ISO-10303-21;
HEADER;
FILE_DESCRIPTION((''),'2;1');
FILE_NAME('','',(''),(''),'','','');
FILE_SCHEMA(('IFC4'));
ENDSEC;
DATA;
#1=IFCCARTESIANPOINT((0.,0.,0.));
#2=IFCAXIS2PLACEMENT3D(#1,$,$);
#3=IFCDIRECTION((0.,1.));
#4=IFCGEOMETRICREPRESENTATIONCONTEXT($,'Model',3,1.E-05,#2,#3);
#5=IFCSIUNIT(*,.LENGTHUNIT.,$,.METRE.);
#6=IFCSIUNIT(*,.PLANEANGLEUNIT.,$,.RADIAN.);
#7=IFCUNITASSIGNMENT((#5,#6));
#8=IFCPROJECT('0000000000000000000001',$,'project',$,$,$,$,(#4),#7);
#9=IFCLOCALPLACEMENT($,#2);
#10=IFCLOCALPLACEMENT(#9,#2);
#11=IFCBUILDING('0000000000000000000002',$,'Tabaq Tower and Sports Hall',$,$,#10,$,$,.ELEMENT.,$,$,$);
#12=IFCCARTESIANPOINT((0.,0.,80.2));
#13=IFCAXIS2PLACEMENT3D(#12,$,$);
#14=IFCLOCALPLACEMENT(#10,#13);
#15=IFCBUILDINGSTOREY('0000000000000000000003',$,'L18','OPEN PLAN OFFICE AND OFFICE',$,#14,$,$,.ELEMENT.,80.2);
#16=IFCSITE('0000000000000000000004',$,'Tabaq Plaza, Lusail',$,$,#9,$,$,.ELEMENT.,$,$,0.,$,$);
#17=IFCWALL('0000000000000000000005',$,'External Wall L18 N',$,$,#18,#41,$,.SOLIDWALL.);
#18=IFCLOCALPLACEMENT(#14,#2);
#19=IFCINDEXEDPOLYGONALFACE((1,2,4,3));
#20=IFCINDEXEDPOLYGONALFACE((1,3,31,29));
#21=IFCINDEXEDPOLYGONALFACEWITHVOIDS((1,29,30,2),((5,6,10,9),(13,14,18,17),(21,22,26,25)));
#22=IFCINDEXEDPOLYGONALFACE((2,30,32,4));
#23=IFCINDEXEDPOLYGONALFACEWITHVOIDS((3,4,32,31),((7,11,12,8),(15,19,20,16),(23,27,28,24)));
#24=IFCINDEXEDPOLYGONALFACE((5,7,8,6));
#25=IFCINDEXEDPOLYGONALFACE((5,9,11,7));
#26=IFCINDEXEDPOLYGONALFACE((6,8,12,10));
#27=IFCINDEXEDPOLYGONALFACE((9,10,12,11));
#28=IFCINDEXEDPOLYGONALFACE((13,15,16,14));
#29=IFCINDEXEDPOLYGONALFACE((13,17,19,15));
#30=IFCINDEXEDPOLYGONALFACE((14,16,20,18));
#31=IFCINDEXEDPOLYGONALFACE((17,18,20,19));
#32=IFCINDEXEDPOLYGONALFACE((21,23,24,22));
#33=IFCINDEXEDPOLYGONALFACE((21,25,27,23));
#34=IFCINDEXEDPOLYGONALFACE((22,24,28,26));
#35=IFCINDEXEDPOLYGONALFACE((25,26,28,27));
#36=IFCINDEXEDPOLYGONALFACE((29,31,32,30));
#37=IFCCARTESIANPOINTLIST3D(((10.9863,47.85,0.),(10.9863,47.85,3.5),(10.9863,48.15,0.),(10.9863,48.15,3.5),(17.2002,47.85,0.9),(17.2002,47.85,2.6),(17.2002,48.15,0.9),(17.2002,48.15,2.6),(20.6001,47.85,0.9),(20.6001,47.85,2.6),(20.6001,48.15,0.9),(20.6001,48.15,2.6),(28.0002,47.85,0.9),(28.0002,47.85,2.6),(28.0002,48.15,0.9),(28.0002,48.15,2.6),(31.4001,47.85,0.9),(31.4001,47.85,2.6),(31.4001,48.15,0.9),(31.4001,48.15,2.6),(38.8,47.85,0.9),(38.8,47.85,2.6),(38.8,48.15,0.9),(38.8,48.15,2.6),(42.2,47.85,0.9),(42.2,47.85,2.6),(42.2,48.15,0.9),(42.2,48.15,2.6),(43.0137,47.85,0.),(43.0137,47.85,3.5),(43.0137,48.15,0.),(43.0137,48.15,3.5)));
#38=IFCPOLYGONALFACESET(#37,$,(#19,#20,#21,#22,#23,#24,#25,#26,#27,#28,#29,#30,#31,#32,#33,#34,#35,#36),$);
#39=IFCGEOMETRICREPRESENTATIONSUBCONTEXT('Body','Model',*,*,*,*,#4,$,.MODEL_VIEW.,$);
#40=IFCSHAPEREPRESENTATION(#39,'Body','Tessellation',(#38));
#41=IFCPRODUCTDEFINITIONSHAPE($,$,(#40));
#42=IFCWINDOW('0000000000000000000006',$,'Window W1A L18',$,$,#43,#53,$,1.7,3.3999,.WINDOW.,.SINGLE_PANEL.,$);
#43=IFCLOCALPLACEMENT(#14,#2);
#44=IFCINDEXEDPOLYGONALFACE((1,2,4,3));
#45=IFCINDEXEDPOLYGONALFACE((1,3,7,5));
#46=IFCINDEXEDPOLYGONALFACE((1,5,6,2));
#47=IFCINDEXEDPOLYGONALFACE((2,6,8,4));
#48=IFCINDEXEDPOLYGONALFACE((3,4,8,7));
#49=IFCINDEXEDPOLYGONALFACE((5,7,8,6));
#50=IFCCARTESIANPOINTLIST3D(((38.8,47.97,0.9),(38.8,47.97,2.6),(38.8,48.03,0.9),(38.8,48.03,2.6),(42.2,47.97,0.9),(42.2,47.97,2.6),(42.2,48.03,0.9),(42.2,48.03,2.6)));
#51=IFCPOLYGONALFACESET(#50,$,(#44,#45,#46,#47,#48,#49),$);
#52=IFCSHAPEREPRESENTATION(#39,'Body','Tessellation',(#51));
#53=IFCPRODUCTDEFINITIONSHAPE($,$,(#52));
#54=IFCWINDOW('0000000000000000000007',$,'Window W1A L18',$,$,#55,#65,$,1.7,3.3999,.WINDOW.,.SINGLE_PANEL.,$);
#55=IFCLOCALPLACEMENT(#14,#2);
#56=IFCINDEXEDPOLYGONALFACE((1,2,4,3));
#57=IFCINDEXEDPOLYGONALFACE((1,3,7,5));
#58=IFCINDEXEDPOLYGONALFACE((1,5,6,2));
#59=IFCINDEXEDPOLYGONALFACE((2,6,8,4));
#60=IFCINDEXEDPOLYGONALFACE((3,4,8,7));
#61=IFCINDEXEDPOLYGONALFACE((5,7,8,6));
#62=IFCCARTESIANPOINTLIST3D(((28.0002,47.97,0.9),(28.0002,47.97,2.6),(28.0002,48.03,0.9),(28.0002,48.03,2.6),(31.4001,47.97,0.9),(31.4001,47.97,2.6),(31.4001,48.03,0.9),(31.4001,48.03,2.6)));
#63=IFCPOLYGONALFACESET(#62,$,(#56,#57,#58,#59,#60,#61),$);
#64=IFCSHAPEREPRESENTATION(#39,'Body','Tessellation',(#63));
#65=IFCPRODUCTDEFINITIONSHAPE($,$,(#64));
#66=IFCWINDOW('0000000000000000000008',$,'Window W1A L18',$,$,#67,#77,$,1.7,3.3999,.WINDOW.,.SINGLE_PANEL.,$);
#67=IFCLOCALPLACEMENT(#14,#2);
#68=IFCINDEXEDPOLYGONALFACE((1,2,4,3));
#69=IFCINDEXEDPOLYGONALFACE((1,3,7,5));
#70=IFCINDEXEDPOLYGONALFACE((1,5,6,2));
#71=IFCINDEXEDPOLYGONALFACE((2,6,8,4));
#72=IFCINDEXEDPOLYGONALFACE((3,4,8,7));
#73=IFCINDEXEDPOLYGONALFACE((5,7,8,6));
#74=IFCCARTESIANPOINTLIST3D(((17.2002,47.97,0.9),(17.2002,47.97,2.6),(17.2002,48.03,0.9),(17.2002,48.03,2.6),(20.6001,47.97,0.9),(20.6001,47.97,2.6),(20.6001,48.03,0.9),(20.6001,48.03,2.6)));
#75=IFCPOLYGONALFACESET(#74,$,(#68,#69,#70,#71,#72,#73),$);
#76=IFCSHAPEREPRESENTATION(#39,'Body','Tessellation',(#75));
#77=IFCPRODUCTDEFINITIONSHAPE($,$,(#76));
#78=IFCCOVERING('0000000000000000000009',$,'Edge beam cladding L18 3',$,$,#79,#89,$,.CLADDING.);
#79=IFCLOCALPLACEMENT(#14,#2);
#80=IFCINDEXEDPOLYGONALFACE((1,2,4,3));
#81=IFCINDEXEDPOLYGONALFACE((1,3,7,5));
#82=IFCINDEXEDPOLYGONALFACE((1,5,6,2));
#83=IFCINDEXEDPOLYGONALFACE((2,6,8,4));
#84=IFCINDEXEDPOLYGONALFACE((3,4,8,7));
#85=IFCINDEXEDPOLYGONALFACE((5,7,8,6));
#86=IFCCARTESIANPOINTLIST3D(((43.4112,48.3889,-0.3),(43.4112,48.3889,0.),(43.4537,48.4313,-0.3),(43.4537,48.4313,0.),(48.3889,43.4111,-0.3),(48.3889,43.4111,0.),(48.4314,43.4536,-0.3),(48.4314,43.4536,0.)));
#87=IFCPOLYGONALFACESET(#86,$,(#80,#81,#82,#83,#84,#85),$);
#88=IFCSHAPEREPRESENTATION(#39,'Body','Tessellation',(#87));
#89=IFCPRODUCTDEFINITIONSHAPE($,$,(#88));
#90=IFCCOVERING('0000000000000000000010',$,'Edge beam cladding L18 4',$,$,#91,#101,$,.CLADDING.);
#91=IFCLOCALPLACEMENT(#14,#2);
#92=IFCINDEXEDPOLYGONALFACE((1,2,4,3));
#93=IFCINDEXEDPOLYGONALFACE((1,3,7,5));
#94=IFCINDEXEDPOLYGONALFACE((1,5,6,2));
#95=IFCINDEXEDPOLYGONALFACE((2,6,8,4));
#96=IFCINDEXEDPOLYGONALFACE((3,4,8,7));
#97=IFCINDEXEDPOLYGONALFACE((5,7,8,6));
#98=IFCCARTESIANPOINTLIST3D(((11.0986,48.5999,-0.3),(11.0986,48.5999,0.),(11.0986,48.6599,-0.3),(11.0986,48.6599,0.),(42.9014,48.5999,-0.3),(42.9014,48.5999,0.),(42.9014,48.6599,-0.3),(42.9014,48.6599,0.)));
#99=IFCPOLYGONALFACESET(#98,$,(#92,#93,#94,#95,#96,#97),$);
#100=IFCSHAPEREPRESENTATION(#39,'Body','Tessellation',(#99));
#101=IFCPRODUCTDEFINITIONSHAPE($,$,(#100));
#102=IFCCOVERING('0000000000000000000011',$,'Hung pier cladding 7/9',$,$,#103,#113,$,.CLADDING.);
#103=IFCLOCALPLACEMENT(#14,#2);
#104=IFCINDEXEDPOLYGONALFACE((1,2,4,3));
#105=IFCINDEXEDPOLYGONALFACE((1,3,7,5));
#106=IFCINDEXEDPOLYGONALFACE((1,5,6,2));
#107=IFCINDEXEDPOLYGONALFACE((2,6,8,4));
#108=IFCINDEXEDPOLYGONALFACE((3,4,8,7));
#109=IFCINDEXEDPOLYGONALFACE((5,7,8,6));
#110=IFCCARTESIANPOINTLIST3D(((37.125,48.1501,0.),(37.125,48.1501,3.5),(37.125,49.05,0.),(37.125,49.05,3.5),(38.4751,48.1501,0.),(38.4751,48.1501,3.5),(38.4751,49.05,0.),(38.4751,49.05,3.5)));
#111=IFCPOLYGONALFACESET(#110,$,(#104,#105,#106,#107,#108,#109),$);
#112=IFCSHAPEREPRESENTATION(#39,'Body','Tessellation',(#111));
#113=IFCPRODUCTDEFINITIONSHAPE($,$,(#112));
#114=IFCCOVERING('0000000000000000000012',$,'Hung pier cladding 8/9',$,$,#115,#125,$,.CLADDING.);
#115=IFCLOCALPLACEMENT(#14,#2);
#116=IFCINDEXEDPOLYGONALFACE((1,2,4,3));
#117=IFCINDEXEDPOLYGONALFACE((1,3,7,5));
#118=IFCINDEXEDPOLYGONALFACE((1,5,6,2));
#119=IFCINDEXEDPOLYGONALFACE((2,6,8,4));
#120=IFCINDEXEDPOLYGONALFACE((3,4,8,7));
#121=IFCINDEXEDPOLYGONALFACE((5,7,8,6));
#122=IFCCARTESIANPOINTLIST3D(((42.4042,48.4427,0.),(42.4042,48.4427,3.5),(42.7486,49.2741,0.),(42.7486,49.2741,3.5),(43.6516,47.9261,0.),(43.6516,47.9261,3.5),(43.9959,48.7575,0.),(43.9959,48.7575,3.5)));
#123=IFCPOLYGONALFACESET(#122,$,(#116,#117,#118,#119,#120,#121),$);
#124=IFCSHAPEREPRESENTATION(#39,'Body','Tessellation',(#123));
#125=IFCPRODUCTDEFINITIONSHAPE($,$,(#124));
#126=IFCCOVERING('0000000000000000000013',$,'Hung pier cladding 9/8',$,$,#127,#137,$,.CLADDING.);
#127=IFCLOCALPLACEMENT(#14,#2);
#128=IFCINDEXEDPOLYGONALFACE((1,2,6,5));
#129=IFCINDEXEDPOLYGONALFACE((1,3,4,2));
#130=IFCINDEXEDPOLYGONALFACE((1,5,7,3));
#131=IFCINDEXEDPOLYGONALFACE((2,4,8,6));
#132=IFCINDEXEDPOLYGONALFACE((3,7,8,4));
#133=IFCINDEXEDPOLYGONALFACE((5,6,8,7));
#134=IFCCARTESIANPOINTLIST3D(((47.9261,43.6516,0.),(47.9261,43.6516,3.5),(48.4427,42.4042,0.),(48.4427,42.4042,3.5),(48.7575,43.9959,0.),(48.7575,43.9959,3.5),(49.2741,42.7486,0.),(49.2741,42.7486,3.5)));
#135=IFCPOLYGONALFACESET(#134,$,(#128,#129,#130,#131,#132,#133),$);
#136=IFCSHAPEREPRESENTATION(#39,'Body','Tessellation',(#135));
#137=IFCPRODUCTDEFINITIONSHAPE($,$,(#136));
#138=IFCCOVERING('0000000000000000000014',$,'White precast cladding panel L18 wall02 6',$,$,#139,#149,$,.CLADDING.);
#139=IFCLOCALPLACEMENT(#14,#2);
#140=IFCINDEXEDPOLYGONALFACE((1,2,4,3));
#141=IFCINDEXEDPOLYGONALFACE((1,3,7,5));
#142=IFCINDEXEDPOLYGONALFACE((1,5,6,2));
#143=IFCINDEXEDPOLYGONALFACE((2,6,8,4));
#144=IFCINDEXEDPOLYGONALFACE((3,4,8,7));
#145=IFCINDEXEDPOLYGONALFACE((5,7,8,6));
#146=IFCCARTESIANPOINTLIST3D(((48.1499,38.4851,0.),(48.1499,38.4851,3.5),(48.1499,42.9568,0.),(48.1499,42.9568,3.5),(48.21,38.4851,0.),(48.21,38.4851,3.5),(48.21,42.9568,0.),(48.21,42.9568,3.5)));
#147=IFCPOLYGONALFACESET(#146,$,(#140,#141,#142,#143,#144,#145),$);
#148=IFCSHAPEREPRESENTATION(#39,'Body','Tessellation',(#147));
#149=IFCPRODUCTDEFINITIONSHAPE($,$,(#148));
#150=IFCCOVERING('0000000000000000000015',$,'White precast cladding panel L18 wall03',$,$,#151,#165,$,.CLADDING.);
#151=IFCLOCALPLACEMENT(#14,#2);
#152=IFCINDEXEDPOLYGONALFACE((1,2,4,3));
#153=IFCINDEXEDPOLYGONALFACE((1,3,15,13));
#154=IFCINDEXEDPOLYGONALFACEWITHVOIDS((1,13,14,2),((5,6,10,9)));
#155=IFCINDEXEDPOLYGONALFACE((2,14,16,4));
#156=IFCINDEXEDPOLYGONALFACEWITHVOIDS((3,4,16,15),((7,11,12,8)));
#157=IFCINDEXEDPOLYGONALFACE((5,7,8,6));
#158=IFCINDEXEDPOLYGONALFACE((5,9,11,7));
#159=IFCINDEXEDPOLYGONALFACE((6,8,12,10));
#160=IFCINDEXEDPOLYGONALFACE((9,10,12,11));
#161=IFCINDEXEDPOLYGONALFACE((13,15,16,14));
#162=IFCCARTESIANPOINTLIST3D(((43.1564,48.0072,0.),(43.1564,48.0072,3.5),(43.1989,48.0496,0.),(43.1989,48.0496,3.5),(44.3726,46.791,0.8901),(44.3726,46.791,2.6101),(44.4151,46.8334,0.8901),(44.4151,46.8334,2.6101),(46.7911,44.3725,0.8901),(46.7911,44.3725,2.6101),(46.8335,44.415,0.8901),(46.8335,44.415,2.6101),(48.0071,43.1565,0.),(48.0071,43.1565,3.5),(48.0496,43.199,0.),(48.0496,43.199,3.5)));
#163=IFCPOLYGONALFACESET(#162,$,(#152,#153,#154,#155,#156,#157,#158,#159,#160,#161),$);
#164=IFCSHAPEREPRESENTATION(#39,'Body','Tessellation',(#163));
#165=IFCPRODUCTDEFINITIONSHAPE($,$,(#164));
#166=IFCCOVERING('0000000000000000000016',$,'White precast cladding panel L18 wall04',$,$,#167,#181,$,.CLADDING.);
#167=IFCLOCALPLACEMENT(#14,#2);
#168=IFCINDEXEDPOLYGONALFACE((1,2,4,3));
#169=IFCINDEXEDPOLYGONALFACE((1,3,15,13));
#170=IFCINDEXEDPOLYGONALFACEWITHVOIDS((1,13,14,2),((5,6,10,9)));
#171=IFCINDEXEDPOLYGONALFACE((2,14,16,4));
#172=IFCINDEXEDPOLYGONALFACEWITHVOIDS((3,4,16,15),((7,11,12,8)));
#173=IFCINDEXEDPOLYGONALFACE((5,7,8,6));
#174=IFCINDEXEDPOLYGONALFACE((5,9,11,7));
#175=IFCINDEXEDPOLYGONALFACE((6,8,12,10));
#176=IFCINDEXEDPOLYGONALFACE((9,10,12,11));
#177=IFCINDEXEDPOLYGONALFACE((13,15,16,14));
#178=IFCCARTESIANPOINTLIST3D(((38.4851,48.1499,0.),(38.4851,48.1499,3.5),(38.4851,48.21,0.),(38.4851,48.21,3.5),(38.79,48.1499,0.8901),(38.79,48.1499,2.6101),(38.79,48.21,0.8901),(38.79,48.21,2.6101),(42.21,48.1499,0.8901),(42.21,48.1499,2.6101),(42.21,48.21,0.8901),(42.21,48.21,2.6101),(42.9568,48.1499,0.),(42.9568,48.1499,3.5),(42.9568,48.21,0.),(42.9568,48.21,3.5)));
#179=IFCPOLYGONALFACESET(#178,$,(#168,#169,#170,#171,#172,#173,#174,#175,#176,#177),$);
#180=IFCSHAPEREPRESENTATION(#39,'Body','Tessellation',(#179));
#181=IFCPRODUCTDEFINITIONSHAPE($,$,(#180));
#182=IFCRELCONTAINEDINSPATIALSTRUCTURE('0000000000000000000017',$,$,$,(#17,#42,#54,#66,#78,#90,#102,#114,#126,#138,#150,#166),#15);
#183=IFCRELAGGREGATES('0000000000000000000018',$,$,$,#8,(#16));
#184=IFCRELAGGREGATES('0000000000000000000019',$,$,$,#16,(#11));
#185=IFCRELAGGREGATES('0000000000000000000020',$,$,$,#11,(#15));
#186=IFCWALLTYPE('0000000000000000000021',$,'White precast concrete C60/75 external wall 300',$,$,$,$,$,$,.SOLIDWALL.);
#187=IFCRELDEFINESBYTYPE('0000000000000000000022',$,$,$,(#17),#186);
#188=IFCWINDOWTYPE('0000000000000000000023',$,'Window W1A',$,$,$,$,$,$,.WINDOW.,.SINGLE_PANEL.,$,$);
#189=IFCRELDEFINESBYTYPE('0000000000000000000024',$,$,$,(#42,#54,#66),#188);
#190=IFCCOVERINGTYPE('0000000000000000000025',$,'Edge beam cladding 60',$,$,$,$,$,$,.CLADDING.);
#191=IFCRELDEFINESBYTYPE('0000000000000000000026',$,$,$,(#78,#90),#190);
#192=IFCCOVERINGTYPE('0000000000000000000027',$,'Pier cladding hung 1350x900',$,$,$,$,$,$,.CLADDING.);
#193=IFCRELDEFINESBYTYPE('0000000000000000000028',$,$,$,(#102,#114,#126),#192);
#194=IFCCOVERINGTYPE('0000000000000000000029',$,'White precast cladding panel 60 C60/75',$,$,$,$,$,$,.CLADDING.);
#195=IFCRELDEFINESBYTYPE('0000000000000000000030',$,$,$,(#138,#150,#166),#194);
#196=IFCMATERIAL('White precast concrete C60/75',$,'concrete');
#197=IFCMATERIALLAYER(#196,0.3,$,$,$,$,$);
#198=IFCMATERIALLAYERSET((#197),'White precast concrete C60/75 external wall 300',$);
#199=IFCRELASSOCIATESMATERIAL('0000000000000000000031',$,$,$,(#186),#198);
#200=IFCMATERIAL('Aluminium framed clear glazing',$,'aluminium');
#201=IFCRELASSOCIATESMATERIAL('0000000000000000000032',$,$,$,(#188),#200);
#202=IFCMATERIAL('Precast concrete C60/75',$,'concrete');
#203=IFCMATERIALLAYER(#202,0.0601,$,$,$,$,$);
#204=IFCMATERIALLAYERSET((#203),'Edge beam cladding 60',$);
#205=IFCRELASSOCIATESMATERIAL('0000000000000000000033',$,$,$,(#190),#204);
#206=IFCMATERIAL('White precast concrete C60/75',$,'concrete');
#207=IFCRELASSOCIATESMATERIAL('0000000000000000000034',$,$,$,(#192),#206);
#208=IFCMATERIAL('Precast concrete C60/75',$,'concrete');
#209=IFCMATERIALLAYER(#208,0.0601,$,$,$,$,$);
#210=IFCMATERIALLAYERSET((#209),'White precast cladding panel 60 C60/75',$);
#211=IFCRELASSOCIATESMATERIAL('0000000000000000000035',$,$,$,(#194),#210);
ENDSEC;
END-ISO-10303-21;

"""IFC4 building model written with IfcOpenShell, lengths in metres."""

from ifc_helpers import new_model, si_unit, direction, frame, frame_2d, origin, place, context, subcontext, project, spatial, polyline, rectangle, outline, extrude, material, layer, layer_set, type_object, element, fill, save


model = new_model("IFC4")

# Units and contexts
model_context = context("Model", 3, precision=1e-05, world=origin(), true_north=direction((0.0, 1.0)))
body_context = subcontext(model_context, "Body", "Model", "MODEL_VIEW")
ifc_project = project(units=[si_unit("LENGTHUNIT", "METRE"), si_unit("PLANEANGLEUNIT", "RADIAN")], contexts=[model_context])

# Site, building, storey
site_placement = place(None, origin())
site = spatial("IfcSite", under=ifc_project, at=site_placement, Name="Tabaq Plaza, Lusail", CompositionType="ELEMENT", RefElevation=0.0)
building_placement = place(site_placement, origin())
building = spatial("IfcBuilding", under=site, at=building_placement, Name="Tabaq Tower and Sports Hall", CompositionType="ELEMENT")
storey_placement = place(building_placement, frame((0.0, 0.0, 80.2)))
storey = spatial("IfcBuildingStorey", under=building, at=storey_placement, Name="L18", Description="OPEN PLAN OFFICE AND OFFICE", CompositionType="ELEMENT", Elevation=80.2)

# Shared definitions
ifc_material_1 = material(Name="White precast concrete C60/75", Category="concrete")
ifc_layer_1 = layer(ifc_material_1, 0.3)
ifc_layer_set_1 = layer_set([ifc_layer_1], Name="White precast concrete C60/75 external wall 300")
wall_type_1 = type_object("IfcWallType", Name="White precast concrete C60/75 external wall 300", PredefinedType="SOLIDWALL", material=ifc_layer_set_1)
ifc_material_2 = material(Name="Aluminium framed clear glazing", Category="aluminium")
window_type = type_object("IfcWindowType", Name="Window W1A", PartitioningType="SINGLE_PANEL", PredefinedType="WINDOW", material=ifc_material_2)

# Wall, openings, windows
wall_1_placement = place(storey_placement, frame((43.0137, 48.0, 0.0), z_axis=(0.0, 0.0, 1.0), x_axis=(-1.0, 0.0, 0.0)))
wall_1 = element("IfcWall", 1, at=wall_1_placement, inside=storey, type_object=wall_type_1, Name="External Wall L18 N", PredefinedType="SOLIDWALL", context=body_context, shape_type="SweptSolid", body=[
    extrude(rectangle(XDim=32.0273, YDim=0.3, at=frame_2d((16.0137, 0.0))), origin(), (0.0, 0.0, 1.0), 3.5),
])
opening_1_placement = place(wall_1_placement, frame((0.8137, 0.0, 0.8999)))
opening_1 = element("IfcOpeningElement", 2, at=opening_1_placement, cuts=wall_1, PredefinedType="OPENING", context=body_context, shape_type="SweptSolid", body=[
    extrude(rectangle(XDim=3.3999, YDim=1.7, at=frame_2d((1.7, 0.8501))), frame((0.0, 0.1602, 0.0), z_axis=(0.0, -1.0, 0.0), x_axis=(1.0, 0.0, 0.0)), (0.0, 0.0, 1.0), 0.3201),
])
opening_2_placement = place(wall_1_placement, frame((11.6135, 0.0, 0.8999)))
opening_2 = element("IfcOpeningElement", 3, at=opening_2_placement, cuts=wall_1, PredefinedType="OPENING", context=body_context, shape_type="SweptSolid", body=[
    extrude(rectangle(XDim=3.3999, YDim=1.7, at=frame_2d((1.7, 0.8501))), frame((0.0, 0.1602, 0.0), z_axis=(0.0, -1.0, 0.0), x_axis=(1.0, 0.0, 0.0)), (0.0, 0.0, 1.0), 0.3201),
])
opening_3_placement = place(wall_1_placement, frame((22.4136, 0.0, 0.8999)))
opening_3 = element("IfcOpeningElement", 4, at=opening_3_placement, cuts=wall_1, PredefinedType="OPENING", context=body_context, shape_type="SweptSolid", body=[
    extrude(rectangle(XDim=3.3999, YDim=1.7, at=frame_2d((1.7, 0.8501))), frame((0.0, 0.1602, 0.0), z_axis=(0.0, -1.0, 0.0), x_axis=(1.0, 0.0, 0.0)), (0.0, 0.0, 1.0), 0.3201),
])
window_1_placement = place(opening_1_placement, origin())
window_1 = element("IfcWindow", 5, at=window_1_placement, inside=storey, type_object=window_type, Name="Window W1A L18", OverallHeight=1.7, OverallWidth=3.3999, PartitioningType="SINGLE_PANEL", PredefinedType="WINDOW", context=body_context, shape_type="SweptSolid", body=[
    extrude(rectangle(XDim=3.3999, YDim=1.7, at=frame_2d((1.7, 0.8501))), frame((0.0, 0.03, 0.0), z_axis=(0.0, -1.0, 0.0), x_axis=(1.0, 0.0, 0.0)), (0.0, 0.0, 1.0), 0.0601),
])
fill(opening_1, window_1)
window_2_placement = place(opening_2_placement, origin())
window_2 = element("IfcWindow", 6, at=window_2_placement, inside=storey, type_object=window_type, Name="Window W1A L18", OverallHeight=1.7, OverallWidth=3.3999, PartitioningType="SINGLE_PANEL", PredefinedType="WINDOW", context=body_context, shape_type="SweptSolid", body=[
    extrude(rectangle(XDim=3.3999, YDim=1.7, at=frame_2d((1.7, 0.8501))), frame((0.0, 0.03, 0.0), z_axis=(0.0, -1.0, 0.0), x_axis=(1.0, 0.0, 0.0)), (0.0, 0.0, 1.0), 0.0601),
])
fill(opening_2, window_2)
window_3_placement = place(opening_3_placement, origin())
window_3 = element("IfcWindow", 7, at=window_3_placement, inside=storey, type_object=window_type, Name="Window W1A L18", OverallHeight=1.7, OverallWidth=3.3999, PartitioningType="SINGLE_PANEL", PredefinedType="WINDOW", context=body_context, shape_type="SweptSolid", body=[
    extrude(rectangle(XDim=3.3999, YDim=1.7, at=frame_2d((1.7, 0.8501))), frame((0.0, 0.03, 0.0), z_axis=(0.0, -1.0, 0.0), x_axis=(1.0, 0.0, 0.0)), (0.0, 0.0, 1.0), 0.0601),
])
fill(opening_3, window_3)

# Coverings
ifc_material_3 = material(Name="Precast concrete C60/75", Category="concrete")
ifc_layer_2 = layer(ifc_material_3, 0.0601)
ifc_layer_set_2 = layer_set([ifc_layer_2], Name="Edge beam cladding 60")
covering_type_1 = type_object("IfcCoveringType", Name="Edge beam cladding 60", PredefinedType="CLADDING", material=ifc_layer_set_2)
covering_1_placement = place(storey_placement, frame((48.4102, 43.4324, -0.3), z_axis=(0.0, 0.0, 1.0), x_axis=(-0.707107, 0.707107, 0.0)))
element("IfcCovering", 8, at=covering_1_placement, inside=storey, type_object=covering_type_1, Name="Edge beam cladding L18 3", PredefinedType="CLADDING", context=body_context, shape_type="SweptSolid", body=[
    extrude(rectangle(XDim=7.0396, YDim=0.0601, at=frame_2d((3.5198, 0.0))), origin(), (0.0, 0.0, 1.0), 0.3),
])
covering_2_placement = place(storey_placement, frame((42.9014, 48.6299, -0.3), z_axis=(0.0, 0.0, 1.0), x_axis=(-1.0, 0.0, 0.0)))
element("IfcCovering", 9, at=covering_2_placement, inside=storey, type_object=covering_type_1, Name="Edge beam cladding L18 4", PredefinedType="CLADDING", context=body_context, shape_type="SweptSolid", body=[
    extrude(rectangle(XDim=31.8027, YDim=0.0601, at=frame_2d((15.9014, 0.0))), origin(), (0.0, 0.0, 1.0), 0.3),
])
ifc_material_4 = material(Name="White precast concrete C60/75", Category="concrete")
covering_type_2 = type_object("IfcCoveringType", Name="Pier cladding hung 1350x900", PredefinedType="CLADDING", material=ifc_material_4)
for number, where, z_axis, x_axis, name in (
    (10, (38.4751, 48.6001, 0.0), (0.0, 0.0, 1.0), (-1.0, 0.0, 0.0), "Hung pier cladding 7/9"),
    (11, (43.8237, 48.3418, 0.0), (0.0, 0.0, 1.0), (-0.923893, 0.38265, 0.0), "Hung pier cladding 8/9"),
    (12, (48.8584, 42.5764, 0.0), (0.0, 0.0, 1.0), (-0.38265, 0.923893, 0.0), "Hung pier cladding 9/8"),
):
    element("IfcCovering", number, at=place(storey_placement, frame(where, z_axis=z_axis, x_axis=x_axis)), inside=storey, type_object=covering_type_2, Name=name, PredefinedType="CLADDING", context=body_context, shape_type="SweptSolid", body=[
        extrude(rectangle(XDim=1.3501, YDim=0.8999, at=frame_2d((0.675, 0.0))), origin(), (0.0, 0.0, 1.0), 3.5),
    ])
ifc_material_5 = material(Name="Precast concrete C60/75", Category="concrete")
ifc_layer_3 = layer(ifc_material_5, 0.0601)
ifc_layer_set_3 = layer_set([ifc_layer_3], Name="White precast cladding panel 60 C60/75")
covering_type_3 = type_object("IfcCoveringType", Name="White precast cladding panel 60 C60/75", PredefinedType="CLADDING", material=ifc_layer_set_3)
covering_3_placement = place(storey_placement, frame((48.1799, 38.4851, 0.0), z_axis=(0.0, 0.0, 1.0), x_axis=(0.0, 1.0, 0.0)))
element("IfcCovering", 13, at=covering_3_placement, inside=storey, type_object=covering_type_3, Name="White precast cladding panel L18 wall02 6", PredefinedType="CLADDING", context=body_context, shape_type="SweptSolid", body=[
    extrude(rectangle(XDim=4.4717, YDim=0.0601, at=frame_2d((2.2358, 0.0))), origin(), (0.0, 0.0, 1.0), 3.5),
])
covering_4_placement = place(storey_placement, frame((48.0283, 43.1777, 0.0), z_axis=(0.0, 0.0, 1.0), x_axis=(-0.707107, 0.707107, 0.0)))
element("IfcCovering", 14, at=covering_4_placement, inside=storey, type_object=covering_type_3, Name="White precast cladding panel L18 wall03", PredefinedType="CLADDING", context=body_context, shape_type="SweptSolid", body=[
    extrude(outline(polyline([(0.0, 0.0), (6.8599, 0.0), (6.8599, 3.5), (0.0, 3.5), (0.0, 0.0)]), holes=[polyline([(1.7197, 0.8901), (1.7197, 2.6101), (5.1399, 2.6101), (5.1399, 0.8901), (1.7197, 0.8901)])]), frame((0.0, 0.03, 0.0), z_axis=(0.0, -1.0, 0.0), x_axis=(1.0, 0.0, 0.0)), (0.0, 0.0, 1.0), 0.0601),
])
covering_5_placement = place(storey_placement, frame((42.9568, 48.1799, 0.0), z_axis=(0.0, 0.0, 1.0), x_axis=(-1.0, 0.0, 0.0)))
element("IfcCovering", 15, at=covering_5_placement, inside=storey, type_object=covering_type_3, Name="White precast cladding panel L18 wall04", PredefinedType="CLADDING", context=body_context, shape_type="SweptSolid", body=[
    extrude(outline(polyline([(0.0, 0.0), (4.4717, 0.0), (4.4717, 3.5), (0.0, 3.5), (0.0, 0.0)]), holes=[polyline([(0.7468, 0.8901), (0.7468, 2.6101), (4.1667, 2.6101), (4.1667, 0.8901), (0.7468, 0.8901)])]), frame((0.0, 0.03, 0.0), z_axis=(0.0, -1.0, 0.0), x_axis=(1.0, 0.0, 0.0)), (0.0, 0.0, 1.0), 0.0601),
])

save(model, "model.ifc")
